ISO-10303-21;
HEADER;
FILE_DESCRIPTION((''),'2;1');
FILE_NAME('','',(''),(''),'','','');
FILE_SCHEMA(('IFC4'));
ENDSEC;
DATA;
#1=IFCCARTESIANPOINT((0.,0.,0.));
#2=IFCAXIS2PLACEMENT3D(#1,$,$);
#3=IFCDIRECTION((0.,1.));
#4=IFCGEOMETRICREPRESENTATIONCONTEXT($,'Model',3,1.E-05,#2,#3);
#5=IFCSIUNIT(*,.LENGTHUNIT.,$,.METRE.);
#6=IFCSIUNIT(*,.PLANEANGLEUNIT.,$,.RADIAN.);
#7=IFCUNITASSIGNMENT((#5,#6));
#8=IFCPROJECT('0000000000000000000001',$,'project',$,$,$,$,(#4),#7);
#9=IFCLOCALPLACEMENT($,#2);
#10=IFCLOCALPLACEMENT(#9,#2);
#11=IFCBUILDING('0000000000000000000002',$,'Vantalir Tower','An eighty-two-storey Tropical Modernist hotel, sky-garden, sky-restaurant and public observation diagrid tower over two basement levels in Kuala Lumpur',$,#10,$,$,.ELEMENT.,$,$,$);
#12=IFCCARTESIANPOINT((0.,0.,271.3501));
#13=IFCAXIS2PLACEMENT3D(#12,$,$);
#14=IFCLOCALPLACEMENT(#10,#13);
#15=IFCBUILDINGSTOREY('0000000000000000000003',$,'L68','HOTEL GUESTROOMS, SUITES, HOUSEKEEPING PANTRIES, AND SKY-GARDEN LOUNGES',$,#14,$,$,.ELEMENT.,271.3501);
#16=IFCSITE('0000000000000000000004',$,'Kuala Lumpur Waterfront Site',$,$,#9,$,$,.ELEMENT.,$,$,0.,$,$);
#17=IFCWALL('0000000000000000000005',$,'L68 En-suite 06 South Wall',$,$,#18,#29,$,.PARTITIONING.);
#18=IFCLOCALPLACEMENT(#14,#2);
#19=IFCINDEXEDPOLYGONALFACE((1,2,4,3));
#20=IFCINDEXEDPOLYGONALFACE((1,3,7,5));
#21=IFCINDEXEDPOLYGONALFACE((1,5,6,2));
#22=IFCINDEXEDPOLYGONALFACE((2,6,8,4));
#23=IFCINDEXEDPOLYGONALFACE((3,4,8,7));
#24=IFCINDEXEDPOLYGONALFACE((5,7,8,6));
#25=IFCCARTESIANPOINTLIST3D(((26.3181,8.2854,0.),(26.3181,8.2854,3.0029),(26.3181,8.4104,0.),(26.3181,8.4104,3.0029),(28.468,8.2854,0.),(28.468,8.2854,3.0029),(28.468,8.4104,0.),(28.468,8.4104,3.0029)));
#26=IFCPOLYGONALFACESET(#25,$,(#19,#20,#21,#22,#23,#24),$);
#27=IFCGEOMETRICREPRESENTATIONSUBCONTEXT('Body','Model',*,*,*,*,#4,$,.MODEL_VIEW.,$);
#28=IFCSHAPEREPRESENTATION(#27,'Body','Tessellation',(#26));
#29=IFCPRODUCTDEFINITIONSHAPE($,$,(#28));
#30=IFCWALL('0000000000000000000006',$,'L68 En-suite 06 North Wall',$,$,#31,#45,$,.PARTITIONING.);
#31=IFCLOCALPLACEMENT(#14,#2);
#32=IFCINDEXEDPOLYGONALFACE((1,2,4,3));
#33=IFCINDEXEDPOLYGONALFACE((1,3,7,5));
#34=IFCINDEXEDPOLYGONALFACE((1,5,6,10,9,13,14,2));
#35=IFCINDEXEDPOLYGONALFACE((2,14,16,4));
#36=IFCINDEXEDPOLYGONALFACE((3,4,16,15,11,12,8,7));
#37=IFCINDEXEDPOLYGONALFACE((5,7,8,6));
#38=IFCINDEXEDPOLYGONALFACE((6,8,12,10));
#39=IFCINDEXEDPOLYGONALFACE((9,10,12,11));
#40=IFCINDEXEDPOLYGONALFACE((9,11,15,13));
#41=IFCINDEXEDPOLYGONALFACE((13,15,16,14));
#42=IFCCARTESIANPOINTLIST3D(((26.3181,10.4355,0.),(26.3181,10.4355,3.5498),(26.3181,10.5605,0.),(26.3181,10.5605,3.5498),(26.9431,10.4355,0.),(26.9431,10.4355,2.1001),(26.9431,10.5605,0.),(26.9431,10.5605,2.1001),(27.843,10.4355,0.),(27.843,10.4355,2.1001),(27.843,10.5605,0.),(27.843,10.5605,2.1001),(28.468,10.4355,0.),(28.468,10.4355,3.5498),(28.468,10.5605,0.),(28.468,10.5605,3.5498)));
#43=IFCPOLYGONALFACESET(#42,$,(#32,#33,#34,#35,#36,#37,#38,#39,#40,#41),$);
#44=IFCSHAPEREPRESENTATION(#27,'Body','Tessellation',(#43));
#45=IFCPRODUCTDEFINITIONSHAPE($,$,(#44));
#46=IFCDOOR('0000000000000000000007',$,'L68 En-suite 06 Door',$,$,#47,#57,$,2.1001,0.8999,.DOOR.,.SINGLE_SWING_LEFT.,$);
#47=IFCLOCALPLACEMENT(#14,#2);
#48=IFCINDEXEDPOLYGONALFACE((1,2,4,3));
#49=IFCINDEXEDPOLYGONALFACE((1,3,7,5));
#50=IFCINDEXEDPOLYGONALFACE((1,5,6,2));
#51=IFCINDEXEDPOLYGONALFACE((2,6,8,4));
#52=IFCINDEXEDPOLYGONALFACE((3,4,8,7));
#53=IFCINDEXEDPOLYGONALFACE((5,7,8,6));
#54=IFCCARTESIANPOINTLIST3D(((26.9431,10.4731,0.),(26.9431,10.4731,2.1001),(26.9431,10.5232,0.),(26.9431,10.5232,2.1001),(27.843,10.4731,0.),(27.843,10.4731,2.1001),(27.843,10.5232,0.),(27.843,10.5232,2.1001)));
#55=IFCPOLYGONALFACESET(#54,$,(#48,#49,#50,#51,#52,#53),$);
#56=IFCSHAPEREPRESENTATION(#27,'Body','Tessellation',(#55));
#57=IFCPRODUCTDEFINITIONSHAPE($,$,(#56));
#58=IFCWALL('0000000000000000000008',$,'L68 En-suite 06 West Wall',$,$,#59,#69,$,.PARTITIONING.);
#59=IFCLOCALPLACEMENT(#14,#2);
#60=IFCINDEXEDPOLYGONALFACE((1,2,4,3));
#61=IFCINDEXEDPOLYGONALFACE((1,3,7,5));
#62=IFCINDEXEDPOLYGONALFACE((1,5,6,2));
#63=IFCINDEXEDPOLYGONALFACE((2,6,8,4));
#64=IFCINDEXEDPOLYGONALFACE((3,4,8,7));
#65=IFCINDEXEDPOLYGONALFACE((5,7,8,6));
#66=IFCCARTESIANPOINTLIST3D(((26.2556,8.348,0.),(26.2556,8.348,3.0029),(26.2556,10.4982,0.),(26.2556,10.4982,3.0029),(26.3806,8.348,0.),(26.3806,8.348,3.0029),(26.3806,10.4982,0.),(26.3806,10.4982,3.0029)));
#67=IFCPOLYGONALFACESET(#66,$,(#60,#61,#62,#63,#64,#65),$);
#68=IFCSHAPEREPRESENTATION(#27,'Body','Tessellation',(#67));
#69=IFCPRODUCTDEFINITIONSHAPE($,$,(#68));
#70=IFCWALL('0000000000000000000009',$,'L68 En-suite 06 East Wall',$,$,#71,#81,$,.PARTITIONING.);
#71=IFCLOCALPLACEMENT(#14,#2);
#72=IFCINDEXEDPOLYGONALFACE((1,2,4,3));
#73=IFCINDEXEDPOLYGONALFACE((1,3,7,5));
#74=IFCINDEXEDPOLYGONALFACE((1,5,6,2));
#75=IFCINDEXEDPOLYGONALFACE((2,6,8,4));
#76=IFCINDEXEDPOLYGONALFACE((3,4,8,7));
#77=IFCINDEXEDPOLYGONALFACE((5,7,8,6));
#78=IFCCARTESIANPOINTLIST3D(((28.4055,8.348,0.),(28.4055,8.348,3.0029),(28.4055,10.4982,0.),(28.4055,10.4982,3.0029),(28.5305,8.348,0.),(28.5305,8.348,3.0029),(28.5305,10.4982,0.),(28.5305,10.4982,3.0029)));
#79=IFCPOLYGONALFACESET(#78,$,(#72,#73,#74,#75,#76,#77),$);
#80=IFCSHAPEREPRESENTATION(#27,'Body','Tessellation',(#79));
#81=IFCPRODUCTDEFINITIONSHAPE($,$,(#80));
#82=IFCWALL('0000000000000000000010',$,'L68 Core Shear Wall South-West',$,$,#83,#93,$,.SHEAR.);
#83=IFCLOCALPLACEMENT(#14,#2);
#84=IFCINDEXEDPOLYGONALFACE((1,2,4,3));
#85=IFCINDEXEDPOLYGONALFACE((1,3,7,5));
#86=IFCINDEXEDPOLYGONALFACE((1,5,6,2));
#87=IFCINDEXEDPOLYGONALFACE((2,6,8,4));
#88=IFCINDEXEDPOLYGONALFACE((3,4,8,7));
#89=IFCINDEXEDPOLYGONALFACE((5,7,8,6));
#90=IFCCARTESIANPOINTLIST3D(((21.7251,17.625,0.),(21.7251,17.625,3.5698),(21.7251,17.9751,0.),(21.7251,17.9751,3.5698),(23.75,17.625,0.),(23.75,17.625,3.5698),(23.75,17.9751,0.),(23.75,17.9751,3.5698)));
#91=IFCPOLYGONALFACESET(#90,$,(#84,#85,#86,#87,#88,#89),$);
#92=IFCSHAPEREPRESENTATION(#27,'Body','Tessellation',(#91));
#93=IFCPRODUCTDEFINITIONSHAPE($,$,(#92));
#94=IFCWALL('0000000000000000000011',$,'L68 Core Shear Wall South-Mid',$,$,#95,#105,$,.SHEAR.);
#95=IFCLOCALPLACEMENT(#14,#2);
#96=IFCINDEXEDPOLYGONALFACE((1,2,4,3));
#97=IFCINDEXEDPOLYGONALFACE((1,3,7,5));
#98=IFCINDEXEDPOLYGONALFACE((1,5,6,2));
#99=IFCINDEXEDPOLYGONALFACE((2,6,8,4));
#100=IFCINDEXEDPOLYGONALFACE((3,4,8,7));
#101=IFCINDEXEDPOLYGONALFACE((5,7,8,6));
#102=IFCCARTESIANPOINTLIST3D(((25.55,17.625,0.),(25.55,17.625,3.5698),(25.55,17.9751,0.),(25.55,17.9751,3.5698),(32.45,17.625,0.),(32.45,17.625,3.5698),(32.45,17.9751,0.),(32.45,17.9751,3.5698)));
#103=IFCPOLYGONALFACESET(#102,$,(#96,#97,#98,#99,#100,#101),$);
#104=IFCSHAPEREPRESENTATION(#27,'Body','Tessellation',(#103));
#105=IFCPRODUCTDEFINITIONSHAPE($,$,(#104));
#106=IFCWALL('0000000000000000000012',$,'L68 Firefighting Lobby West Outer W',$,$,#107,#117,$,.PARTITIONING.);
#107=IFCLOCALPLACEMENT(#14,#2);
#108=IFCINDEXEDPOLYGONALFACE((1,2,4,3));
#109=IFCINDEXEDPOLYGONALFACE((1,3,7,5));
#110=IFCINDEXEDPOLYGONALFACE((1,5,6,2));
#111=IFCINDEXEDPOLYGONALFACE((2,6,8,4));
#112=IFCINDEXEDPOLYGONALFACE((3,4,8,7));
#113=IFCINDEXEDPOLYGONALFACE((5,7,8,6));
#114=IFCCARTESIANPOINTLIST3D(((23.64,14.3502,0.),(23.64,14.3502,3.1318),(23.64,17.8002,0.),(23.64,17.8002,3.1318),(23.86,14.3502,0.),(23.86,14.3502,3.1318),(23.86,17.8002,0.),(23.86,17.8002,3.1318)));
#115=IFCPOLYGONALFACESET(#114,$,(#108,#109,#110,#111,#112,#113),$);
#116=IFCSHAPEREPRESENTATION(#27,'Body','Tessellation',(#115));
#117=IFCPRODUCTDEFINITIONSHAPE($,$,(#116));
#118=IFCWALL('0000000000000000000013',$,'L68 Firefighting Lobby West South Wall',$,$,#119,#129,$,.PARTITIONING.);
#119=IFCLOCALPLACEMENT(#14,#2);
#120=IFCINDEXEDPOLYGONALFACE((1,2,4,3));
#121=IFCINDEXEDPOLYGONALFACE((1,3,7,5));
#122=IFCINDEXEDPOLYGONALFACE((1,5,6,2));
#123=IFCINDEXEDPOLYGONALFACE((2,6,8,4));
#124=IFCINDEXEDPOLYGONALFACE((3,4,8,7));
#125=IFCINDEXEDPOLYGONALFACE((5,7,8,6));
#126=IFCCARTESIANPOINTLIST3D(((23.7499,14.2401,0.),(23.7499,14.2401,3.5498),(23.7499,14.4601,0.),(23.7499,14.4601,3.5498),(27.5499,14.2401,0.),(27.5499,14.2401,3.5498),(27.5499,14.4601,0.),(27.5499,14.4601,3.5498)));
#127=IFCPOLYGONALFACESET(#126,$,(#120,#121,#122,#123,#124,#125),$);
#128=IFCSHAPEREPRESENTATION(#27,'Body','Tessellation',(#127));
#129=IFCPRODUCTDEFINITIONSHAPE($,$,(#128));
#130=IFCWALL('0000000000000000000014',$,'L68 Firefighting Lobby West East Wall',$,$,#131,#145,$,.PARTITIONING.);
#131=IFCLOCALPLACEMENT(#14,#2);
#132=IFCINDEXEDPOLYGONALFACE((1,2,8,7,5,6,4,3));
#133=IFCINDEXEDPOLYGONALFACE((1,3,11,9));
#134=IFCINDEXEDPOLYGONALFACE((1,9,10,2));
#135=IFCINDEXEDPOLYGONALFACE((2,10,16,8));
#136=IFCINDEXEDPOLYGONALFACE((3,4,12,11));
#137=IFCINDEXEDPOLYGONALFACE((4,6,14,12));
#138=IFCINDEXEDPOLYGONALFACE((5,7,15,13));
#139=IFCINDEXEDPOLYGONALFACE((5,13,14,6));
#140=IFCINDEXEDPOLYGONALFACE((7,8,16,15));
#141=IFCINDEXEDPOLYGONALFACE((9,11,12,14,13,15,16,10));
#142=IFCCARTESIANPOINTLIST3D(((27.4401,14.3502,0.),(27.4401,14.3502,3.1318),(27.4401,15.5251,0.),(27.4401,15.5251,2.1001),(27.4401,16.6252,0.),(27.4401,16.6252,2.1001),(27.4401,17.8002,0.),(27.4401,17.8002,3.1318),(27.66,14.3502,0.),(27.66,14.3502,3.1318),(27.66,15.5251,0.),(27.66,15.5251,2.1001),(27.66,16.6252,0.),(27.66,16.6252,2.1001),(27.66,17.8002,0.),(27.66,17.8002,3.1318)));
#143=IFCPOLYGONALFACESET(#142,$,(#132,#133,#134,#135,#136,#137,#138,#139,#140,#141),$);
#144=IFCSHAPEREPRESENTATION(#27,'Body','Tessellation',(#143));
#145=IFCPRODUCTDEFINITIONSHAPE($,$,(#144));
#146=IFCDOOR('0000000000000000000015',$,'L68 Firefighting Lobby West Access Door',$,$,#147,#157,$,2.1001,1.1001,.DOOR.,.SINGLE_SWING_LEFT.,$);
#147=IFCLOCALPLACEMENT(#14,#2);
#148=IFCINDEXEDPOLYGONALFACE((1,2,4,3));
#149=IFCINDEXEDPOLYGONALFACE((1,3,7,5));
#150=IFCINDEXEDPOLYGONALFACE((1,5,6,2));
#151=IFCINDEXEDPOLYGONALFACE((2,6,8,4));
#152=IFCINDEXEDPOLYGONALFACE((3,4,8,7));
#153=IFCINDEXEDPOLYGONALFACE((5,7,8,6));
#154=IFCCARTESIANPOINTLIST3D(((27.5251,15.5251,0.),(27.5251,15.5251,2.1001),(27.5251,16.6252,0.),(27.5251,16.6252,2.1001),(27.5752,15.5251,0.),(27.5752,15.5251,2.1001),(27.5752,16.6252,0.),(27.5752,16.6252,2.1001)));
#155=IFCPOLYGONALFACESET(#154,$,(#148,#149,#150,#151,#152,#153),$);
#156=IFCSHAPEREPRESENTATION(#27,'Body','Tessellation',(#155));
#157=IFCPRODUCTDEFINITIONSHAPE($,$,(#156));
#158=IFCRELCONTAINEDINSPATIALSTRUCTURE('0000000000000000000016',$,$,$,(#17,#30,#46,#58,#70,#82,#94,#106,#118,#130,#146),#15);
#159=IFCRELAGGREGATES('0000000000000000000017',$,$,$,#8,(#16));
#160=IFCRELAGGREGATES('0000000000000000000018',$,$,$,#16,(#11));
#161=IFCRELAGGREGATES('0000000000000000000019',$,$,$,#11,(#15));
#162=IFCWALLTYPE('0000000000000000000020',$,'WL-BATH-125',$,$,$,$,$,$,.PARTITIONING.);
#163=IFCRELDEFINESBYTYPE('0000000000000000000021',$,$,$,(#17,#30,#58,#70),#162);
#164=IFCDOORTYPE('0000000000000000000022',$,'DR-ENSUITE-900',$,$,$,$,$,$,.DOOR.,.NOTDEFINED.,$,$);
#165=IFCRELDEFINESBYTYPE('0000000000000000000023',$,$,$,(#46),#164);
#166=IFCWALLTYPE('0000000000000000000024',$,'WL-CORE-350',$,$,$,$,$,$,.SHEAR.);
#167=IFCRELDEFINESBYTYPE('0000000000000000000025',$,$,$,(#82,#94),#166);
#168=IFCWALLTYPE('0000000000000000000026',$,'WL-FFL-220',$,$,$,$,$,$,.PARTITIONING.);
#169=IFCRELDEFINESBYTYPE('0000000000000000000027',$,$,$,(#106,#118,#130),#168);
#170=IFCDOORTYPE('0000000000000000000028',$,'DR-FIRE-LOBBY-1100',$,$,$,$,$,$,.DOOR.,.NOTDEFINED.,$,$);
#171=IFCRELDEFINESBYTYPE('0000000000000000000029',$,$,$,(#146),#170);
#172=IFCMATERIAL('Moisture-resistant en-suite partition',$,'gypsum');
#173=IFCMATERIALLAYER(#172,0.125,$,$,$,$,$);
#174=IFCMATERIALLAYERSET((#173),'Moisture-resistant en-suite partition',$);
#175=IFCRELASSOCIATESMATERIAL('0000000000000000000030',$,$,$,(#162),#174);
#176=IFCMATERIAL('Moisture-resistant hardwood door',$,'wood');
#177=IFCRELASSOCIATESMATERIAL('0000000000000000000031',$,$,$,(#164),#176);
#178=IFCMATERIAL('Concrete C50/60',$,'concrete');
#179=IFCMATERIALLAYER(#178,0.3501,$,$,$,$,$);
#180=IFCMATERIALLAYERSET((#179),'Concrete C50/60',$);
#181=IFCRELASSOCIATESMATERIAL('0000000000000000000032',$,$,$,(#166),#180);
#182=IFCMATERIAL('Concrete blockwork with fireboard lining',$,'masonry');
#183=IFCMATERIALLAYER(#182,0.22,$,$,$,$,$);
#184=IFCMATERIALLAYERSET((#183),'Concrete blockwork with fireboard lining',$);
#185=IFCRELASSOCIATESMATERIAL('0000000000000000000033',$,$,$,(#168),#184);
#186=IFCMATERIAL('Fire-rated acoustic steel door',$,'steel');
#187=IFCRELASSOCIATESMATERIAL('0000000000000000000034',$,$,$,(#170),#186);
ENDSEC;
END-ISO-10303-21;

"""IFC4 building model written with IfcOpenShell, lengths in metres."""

from ifc_helpers import new_model, si_unit, direction, frame, frame_2d, origin, place, context, subcontext, project, spatial, rectangle, extrude, material, layer, layer_set, type_object, element, fill, save


model = new_model("IFC4")

# Units and contexts
model_context = context("Model", 3, precision=1e-05, world=origin(), true_north=direction((0.0, 1.0)))
body_context = subcontext(model_context, "Body", "Model", "MODEL_VIEW")
ifc_project = project(units=[si_unit("LENGTHUNIT", "METRE"), si_unit("PLANEANGLEUNIT", "RADIAN")], contexts=[model_context])

# Site, building, storey
site_placement = place(None, origin())
site = spatial("IfcSite", under=ifc_project, at=site_placement, Name="Kuala Lumpur Waterfront Site", CompositionType="ELEMENT", RefElevation=0.0)
building_placement = place(site_placement, origin())
building = spatial("IfcBuilding", under=site, at=building_placement, Name="Vantalir Tower", Description="An eighty-two-storey Tropical Modernist hotel, sky-garden, sky-restaurant and public observation diagrid tower over two basement levels in Kuala Lumpur", CompositionType="ELEMENT")
storey_placement = place(building_placement, frame((0.0, 0.0, 271.3501)))
storey = spatial("IfcBuildingStorey", under=building, at=storey_placement, Name="L68", Description="HOTEL GUESTROOMS, SUITES, HOUSEKEEPING PANTRIES, AND SKY-GARDEN LOUNGES", CompositionType="ELEMENT", Elevation=271.3501)

# Shared definitions
ifc_material_1 = material(Name="Concrete C50/60", Category="concrete")

# Wall
ifc_material_2 = material(Name="Moisture-resistant en-suite partition", Category="gypsum")
ifc_layer_1 = layer(ifc_material_2, 0.125)
ifc_layer_set_1 = layer_set([ifc_layer_1], Name="Moisture-resistant en-suite partition")
wall_type_1 = type_object("IfcWallType", Name="WL-BATH-125", PredefinedType="PARTITIONING", material=ifc_layer_set_1)
wall_1_placement = place(storey_placement, frame((26.3181, 8.3479, 0.0), z_axis=(0.0, 0.0, 1.0), x_axis=(1.0, 0.0, 0.0)))
element("IfcWall", 1, at=wall_1_placement, inside=storey, type_object=wall_type_1, Name="L68 En-suite 06 South Wall", PredefinedType="PARTITIONING", context=body_context, shape_type="SweptSolid", body=[
    extrude(rectangle(XDim=2.1499, YDim=0.125, at=frame_2d((1.075, 0.0))), origin(), (0.0, 0.0, 1.0), 3.0029),
])

# Wall, opening, door
wall_2_placement = place(storey_placement, frame((26.3181, 10.498, 0.0), z_axis=(0.0, 0.0, 1.0), x_axis=(1.0, 0.0, 0.0)))
wall_2 = element("IfcWall", 2, at=wall_2_placement, inside=storey, type_object=wall_type_1, Name="L68 En-suite 06 North Wall", PredefinedType="PARTITIONING", context=body_context, shape_type="SweptSolid", body=[
    extrude(rectangle(XDim=2.1499, YDim=0.125, at=frame_2d((1.075, 0.0))), origin(), (0.0, 0.0, 1.0), 3.5498),
])
opening_1_placement = place(wall_2_placement, frame((0.625, 0.0, 0.0)))
opening_1 = element("IfcOpeningElement", 3, at=opening_1_placement, cuts=wall_2, PredefinedType="OPENING", context=body_context, shape_type="SweptSolid", body=[
    extrude(rectangle(XDim=0.8999, YDim=2.1001, at=frame_2d((0.45, 1.05))), frame((0.0, 0.0725, 0.0), z_axis=(0.0, -1.0, 0.0), x_axis=(1.0, 0.0, 0.0)), (0.0, 0.0, 1.0), 0.145),
])
ifc_material_3 = material(Name="Moisture-resistant hardwood door", Category="wood")
door_type_1 = type_object("IfcDoorType", Name="DR-ENSUITE-900", OperationType="NOTDEFINED", PredefinedType="DOOR", material=ifc_material_3)
door_1_placement = place(opening_1_placement, frame((0.8999, 0.0, 0.0), z_axis=(0.0, 0.0, 1.0), x_axis=(-1.0, 0.0, 0.0)))
door_1 = element("IfcDoor", 4, at=door_1_placement, inside=storey, type_object=door_type_1, Name="L68 En-suite 06 Door", OperationType="SINGLE_SWING_LEFT", OverallHeight=2.1001, OverallWidth=0.8999, PredefinedType="DOOR", context=body_context, shape_type="SweptSolid", body=[
    extrude(rectangle(XDim=0.8999, YDim=2.1001, at=frame_2d((0.45, 1.05))), frame((0.0, 0.0249, 0.0), z_axis=(0.0, -1.0, 0.0), x_axis=(1.0, 0.0, 0.0)), (0.0, 0.0, 1.0), 0.05),
])
fill(opening_1, door_1)

# Walls
for number, where, z_axis, x_axis, name in (
    (5, (26.3181, 8.3479, 0.0), (0.0, 0.0, 1.0), (0.0, 1.0, 0.0), "L68 En-suite 06 West Wall"),
    (6, (28.468, 8.3479, 0.0), (0.0, 0.0, 1.0), (0.0, 1.0, 0.0), "L68 En-suite 06 East Wall"),
):
    element("IfcWall", number, at=place(storey_placement, frame(where, z_axis=z_axis, x_axis=x_axis)), inside=storey, type_object=wall_type_1, Name=name, PredefinedType="PARTITIONING", context=body_context, shape_type="SweptSolid", body=[
        extrude(rectangle(XDim=2.1501, YDim=0.125, at=frame_2d((1.0752, 0.0))), origin(), (0.0, 0.0, 1.0), 3.0029),
    ])
ifc_layer_2 = layer(ifc_material_1, 0.3501)
ifc_layer_set_2 = layer_set([ifc_layer_2], Name="Concrete C50/60")
wall_type_2 = type_object("IfcWallType", Name="WL-CORE-350", PredefinedType="SHEAR", material=ifc_layer_set_2)
wall_3_placement = place(storey_placement, frame((21.7251, 17.8, 0.0), z_axis=(0.0, 0.0, 1.0), x_axis=(1.0, 0.0, 0.0)))
element("IfcWall", 7, at=wall_3_placement, inside=storey, type_object=wall_type_2, Name="L68 Core Shear Wall South-West", PredefinedType="SHEAR", context=body_context, shape_type="SweptSolid", body=[
    extrude(rectangle(XDim=2.0249, YDim=0.3501, at=frame_2d((1.0125, 0.0))), origin(), (0.0, 0.0, 1.0), 3.5698),
])
wall_4_placement = place(storey_placement, frame((25.55, 17.8, 0.0), z_axis=(0.0, 0.0, 1.0), x_axis=(1.0, 0.0, 0.0)))
element("IfcWall", 8, at=wall_4_placement, inside=storey, type_object=wall_type_2, Name="L68 Core Shear Wall South-Mid", PredefinedType="SHEAR", context=body_context, shape_type="SweptSolid", body=[
    extrude(rectangle(XDim=6.8999, YDim=0.3501, at=frame_2d((3.45, 0.0))), origin(), (0.0, 0.0, 1.0), 3.5698),
])
ifc_material_4 = material(Name="Concrete blockwork with fireboard lining", Category="masonry")
ifc_layer_3 = layer(ifc_material_4, 0.22)
ifc_layer_set_3 = layer_set([ifc_layer_3], Name="Concrete blockwork with fireboard lining")
wall_type_3 = type_object("IfcWallType", Name="WL-FFL-220", PredefinedType="PARTITIONING", material=ifc_layer_set_3)
wall_5_placement = place(storey_placement, frame((23.75, 14.3501, 0.0), z_axis=(0.0, 0.0, 1.0), x_axis=(0.0, 1.0, 0.0)))
element("IfcWall", 9, at=wall_5_placement, inside=storey, type_object=wall_type_3, Name="L68 Firefighting Lobby West Outer W", PredefinedType="PARTITIONING", context=body_context, shape_type="SweptSolid", body=[
    extrude(rectangle(XDim=3.45, YDim=0.22, at=frame_2d((1.7251, 0.0))), origin(), (0.0, 0.0, 1.0), 3.1318),
])
wall_6_placement = place(storey_placement, frame((23.75, 14.3501, 0.0), z_axis=(0.0, 0.0, 1.0), x_axis=(1.0, 0.0, 0.0)))
element("IfcWall", 10, at=wall_6_placement, inside=storey, type_object=wall_type_3, Name="L68 Firefighting Lobby West South Wall", PredefinedType="PARTITIONING", context=body_context, shape_type="SweptSolid", body=[
    extrude(rectangle(XDim=3.8, YDim=0.22, at=frame_2d((1.8999, 0.0))), origin(), (0.0, 0.0, 1.0), 3.5498),
])

# Wall, opening, door
wall_7_placement = place(storey_placement, frame((27.55, 14.3501, 0.0), z_axis=(0.0, 0.0, 1.0), x_axis=(0.0, 1.0, 0.0)))
wall_7 = element("IfcWall", 11, at=wall_7_placement, inside=storey, type_object=wall_type_3, Name="L68 Firefighting Lobby West East Wall", PredefinedType="PARTITIONING", context=body_context, shape_type="SweptSolid", body=[
    extrude(rectangle(XDim=3.45, YDim=0.22, at=frame_2d((1.7251, 0.0))), origin(), (0.0, 0.0, 1.0), 3.1318),
])
opening_2_placement = place(wall_7_placement, frame((1.175, 0.0, 0.0)))
opening_2 = element("IfcOpeningElement", 12, at=opening_2_placement, cuts=wall_7, PredefinedType="OPENING", context=body_context, shape_type="SweptSolid", body=[
    extrude(rectangle(XDim=1.1001, YDim=2.1001, at=frame_2d((0.55, 1.05))), frame((0.0, 0.1199, 0.0), z_axis=(0.0, -1.0, 0.0), x_axis=(1.0, 0.0, 0.0)), (0.0, 0.0, 1.0), 0.24),
])
ifc_material_5 = material(Name="Fire-rated acoustic steel door", Category="steel")
door_type_2 = type_object("IfcDoorType", Name="DR-FIRE-LOBBY-1100", OperationType="NOTDEFINED", PredefinedType="DOOR", material=ifc_material_5)
door_2_placement = place(opening_2_placement, origin())
door_2 = element("IfcDoor", 13, at=door_2_placement, inside=storey, type_object=door_type_2, Name="L68 Firefighting Lobby West Access Door", OperationType="SINGLE_SWING_LEFT", OverallHeight=2.1001, OverallWidth=1.1001, PredefinedType="DOOR", context=body_context, shape_type="SweptSolid", body=[
    extrude(rectangle(XDim=1.1001, YDim=2.1001, at=frame_2d((0.55, 1.05))), frame((0.0, 0.0249, 0.0), z_axis=(0.0, -1.0, 0.0), x_axis=(1.0, 0.0, 0.0)), (0.0, 0.0, 1.0), 0.05),
])
fill(opening_2, door_2)

save(model, "model.ifc")
